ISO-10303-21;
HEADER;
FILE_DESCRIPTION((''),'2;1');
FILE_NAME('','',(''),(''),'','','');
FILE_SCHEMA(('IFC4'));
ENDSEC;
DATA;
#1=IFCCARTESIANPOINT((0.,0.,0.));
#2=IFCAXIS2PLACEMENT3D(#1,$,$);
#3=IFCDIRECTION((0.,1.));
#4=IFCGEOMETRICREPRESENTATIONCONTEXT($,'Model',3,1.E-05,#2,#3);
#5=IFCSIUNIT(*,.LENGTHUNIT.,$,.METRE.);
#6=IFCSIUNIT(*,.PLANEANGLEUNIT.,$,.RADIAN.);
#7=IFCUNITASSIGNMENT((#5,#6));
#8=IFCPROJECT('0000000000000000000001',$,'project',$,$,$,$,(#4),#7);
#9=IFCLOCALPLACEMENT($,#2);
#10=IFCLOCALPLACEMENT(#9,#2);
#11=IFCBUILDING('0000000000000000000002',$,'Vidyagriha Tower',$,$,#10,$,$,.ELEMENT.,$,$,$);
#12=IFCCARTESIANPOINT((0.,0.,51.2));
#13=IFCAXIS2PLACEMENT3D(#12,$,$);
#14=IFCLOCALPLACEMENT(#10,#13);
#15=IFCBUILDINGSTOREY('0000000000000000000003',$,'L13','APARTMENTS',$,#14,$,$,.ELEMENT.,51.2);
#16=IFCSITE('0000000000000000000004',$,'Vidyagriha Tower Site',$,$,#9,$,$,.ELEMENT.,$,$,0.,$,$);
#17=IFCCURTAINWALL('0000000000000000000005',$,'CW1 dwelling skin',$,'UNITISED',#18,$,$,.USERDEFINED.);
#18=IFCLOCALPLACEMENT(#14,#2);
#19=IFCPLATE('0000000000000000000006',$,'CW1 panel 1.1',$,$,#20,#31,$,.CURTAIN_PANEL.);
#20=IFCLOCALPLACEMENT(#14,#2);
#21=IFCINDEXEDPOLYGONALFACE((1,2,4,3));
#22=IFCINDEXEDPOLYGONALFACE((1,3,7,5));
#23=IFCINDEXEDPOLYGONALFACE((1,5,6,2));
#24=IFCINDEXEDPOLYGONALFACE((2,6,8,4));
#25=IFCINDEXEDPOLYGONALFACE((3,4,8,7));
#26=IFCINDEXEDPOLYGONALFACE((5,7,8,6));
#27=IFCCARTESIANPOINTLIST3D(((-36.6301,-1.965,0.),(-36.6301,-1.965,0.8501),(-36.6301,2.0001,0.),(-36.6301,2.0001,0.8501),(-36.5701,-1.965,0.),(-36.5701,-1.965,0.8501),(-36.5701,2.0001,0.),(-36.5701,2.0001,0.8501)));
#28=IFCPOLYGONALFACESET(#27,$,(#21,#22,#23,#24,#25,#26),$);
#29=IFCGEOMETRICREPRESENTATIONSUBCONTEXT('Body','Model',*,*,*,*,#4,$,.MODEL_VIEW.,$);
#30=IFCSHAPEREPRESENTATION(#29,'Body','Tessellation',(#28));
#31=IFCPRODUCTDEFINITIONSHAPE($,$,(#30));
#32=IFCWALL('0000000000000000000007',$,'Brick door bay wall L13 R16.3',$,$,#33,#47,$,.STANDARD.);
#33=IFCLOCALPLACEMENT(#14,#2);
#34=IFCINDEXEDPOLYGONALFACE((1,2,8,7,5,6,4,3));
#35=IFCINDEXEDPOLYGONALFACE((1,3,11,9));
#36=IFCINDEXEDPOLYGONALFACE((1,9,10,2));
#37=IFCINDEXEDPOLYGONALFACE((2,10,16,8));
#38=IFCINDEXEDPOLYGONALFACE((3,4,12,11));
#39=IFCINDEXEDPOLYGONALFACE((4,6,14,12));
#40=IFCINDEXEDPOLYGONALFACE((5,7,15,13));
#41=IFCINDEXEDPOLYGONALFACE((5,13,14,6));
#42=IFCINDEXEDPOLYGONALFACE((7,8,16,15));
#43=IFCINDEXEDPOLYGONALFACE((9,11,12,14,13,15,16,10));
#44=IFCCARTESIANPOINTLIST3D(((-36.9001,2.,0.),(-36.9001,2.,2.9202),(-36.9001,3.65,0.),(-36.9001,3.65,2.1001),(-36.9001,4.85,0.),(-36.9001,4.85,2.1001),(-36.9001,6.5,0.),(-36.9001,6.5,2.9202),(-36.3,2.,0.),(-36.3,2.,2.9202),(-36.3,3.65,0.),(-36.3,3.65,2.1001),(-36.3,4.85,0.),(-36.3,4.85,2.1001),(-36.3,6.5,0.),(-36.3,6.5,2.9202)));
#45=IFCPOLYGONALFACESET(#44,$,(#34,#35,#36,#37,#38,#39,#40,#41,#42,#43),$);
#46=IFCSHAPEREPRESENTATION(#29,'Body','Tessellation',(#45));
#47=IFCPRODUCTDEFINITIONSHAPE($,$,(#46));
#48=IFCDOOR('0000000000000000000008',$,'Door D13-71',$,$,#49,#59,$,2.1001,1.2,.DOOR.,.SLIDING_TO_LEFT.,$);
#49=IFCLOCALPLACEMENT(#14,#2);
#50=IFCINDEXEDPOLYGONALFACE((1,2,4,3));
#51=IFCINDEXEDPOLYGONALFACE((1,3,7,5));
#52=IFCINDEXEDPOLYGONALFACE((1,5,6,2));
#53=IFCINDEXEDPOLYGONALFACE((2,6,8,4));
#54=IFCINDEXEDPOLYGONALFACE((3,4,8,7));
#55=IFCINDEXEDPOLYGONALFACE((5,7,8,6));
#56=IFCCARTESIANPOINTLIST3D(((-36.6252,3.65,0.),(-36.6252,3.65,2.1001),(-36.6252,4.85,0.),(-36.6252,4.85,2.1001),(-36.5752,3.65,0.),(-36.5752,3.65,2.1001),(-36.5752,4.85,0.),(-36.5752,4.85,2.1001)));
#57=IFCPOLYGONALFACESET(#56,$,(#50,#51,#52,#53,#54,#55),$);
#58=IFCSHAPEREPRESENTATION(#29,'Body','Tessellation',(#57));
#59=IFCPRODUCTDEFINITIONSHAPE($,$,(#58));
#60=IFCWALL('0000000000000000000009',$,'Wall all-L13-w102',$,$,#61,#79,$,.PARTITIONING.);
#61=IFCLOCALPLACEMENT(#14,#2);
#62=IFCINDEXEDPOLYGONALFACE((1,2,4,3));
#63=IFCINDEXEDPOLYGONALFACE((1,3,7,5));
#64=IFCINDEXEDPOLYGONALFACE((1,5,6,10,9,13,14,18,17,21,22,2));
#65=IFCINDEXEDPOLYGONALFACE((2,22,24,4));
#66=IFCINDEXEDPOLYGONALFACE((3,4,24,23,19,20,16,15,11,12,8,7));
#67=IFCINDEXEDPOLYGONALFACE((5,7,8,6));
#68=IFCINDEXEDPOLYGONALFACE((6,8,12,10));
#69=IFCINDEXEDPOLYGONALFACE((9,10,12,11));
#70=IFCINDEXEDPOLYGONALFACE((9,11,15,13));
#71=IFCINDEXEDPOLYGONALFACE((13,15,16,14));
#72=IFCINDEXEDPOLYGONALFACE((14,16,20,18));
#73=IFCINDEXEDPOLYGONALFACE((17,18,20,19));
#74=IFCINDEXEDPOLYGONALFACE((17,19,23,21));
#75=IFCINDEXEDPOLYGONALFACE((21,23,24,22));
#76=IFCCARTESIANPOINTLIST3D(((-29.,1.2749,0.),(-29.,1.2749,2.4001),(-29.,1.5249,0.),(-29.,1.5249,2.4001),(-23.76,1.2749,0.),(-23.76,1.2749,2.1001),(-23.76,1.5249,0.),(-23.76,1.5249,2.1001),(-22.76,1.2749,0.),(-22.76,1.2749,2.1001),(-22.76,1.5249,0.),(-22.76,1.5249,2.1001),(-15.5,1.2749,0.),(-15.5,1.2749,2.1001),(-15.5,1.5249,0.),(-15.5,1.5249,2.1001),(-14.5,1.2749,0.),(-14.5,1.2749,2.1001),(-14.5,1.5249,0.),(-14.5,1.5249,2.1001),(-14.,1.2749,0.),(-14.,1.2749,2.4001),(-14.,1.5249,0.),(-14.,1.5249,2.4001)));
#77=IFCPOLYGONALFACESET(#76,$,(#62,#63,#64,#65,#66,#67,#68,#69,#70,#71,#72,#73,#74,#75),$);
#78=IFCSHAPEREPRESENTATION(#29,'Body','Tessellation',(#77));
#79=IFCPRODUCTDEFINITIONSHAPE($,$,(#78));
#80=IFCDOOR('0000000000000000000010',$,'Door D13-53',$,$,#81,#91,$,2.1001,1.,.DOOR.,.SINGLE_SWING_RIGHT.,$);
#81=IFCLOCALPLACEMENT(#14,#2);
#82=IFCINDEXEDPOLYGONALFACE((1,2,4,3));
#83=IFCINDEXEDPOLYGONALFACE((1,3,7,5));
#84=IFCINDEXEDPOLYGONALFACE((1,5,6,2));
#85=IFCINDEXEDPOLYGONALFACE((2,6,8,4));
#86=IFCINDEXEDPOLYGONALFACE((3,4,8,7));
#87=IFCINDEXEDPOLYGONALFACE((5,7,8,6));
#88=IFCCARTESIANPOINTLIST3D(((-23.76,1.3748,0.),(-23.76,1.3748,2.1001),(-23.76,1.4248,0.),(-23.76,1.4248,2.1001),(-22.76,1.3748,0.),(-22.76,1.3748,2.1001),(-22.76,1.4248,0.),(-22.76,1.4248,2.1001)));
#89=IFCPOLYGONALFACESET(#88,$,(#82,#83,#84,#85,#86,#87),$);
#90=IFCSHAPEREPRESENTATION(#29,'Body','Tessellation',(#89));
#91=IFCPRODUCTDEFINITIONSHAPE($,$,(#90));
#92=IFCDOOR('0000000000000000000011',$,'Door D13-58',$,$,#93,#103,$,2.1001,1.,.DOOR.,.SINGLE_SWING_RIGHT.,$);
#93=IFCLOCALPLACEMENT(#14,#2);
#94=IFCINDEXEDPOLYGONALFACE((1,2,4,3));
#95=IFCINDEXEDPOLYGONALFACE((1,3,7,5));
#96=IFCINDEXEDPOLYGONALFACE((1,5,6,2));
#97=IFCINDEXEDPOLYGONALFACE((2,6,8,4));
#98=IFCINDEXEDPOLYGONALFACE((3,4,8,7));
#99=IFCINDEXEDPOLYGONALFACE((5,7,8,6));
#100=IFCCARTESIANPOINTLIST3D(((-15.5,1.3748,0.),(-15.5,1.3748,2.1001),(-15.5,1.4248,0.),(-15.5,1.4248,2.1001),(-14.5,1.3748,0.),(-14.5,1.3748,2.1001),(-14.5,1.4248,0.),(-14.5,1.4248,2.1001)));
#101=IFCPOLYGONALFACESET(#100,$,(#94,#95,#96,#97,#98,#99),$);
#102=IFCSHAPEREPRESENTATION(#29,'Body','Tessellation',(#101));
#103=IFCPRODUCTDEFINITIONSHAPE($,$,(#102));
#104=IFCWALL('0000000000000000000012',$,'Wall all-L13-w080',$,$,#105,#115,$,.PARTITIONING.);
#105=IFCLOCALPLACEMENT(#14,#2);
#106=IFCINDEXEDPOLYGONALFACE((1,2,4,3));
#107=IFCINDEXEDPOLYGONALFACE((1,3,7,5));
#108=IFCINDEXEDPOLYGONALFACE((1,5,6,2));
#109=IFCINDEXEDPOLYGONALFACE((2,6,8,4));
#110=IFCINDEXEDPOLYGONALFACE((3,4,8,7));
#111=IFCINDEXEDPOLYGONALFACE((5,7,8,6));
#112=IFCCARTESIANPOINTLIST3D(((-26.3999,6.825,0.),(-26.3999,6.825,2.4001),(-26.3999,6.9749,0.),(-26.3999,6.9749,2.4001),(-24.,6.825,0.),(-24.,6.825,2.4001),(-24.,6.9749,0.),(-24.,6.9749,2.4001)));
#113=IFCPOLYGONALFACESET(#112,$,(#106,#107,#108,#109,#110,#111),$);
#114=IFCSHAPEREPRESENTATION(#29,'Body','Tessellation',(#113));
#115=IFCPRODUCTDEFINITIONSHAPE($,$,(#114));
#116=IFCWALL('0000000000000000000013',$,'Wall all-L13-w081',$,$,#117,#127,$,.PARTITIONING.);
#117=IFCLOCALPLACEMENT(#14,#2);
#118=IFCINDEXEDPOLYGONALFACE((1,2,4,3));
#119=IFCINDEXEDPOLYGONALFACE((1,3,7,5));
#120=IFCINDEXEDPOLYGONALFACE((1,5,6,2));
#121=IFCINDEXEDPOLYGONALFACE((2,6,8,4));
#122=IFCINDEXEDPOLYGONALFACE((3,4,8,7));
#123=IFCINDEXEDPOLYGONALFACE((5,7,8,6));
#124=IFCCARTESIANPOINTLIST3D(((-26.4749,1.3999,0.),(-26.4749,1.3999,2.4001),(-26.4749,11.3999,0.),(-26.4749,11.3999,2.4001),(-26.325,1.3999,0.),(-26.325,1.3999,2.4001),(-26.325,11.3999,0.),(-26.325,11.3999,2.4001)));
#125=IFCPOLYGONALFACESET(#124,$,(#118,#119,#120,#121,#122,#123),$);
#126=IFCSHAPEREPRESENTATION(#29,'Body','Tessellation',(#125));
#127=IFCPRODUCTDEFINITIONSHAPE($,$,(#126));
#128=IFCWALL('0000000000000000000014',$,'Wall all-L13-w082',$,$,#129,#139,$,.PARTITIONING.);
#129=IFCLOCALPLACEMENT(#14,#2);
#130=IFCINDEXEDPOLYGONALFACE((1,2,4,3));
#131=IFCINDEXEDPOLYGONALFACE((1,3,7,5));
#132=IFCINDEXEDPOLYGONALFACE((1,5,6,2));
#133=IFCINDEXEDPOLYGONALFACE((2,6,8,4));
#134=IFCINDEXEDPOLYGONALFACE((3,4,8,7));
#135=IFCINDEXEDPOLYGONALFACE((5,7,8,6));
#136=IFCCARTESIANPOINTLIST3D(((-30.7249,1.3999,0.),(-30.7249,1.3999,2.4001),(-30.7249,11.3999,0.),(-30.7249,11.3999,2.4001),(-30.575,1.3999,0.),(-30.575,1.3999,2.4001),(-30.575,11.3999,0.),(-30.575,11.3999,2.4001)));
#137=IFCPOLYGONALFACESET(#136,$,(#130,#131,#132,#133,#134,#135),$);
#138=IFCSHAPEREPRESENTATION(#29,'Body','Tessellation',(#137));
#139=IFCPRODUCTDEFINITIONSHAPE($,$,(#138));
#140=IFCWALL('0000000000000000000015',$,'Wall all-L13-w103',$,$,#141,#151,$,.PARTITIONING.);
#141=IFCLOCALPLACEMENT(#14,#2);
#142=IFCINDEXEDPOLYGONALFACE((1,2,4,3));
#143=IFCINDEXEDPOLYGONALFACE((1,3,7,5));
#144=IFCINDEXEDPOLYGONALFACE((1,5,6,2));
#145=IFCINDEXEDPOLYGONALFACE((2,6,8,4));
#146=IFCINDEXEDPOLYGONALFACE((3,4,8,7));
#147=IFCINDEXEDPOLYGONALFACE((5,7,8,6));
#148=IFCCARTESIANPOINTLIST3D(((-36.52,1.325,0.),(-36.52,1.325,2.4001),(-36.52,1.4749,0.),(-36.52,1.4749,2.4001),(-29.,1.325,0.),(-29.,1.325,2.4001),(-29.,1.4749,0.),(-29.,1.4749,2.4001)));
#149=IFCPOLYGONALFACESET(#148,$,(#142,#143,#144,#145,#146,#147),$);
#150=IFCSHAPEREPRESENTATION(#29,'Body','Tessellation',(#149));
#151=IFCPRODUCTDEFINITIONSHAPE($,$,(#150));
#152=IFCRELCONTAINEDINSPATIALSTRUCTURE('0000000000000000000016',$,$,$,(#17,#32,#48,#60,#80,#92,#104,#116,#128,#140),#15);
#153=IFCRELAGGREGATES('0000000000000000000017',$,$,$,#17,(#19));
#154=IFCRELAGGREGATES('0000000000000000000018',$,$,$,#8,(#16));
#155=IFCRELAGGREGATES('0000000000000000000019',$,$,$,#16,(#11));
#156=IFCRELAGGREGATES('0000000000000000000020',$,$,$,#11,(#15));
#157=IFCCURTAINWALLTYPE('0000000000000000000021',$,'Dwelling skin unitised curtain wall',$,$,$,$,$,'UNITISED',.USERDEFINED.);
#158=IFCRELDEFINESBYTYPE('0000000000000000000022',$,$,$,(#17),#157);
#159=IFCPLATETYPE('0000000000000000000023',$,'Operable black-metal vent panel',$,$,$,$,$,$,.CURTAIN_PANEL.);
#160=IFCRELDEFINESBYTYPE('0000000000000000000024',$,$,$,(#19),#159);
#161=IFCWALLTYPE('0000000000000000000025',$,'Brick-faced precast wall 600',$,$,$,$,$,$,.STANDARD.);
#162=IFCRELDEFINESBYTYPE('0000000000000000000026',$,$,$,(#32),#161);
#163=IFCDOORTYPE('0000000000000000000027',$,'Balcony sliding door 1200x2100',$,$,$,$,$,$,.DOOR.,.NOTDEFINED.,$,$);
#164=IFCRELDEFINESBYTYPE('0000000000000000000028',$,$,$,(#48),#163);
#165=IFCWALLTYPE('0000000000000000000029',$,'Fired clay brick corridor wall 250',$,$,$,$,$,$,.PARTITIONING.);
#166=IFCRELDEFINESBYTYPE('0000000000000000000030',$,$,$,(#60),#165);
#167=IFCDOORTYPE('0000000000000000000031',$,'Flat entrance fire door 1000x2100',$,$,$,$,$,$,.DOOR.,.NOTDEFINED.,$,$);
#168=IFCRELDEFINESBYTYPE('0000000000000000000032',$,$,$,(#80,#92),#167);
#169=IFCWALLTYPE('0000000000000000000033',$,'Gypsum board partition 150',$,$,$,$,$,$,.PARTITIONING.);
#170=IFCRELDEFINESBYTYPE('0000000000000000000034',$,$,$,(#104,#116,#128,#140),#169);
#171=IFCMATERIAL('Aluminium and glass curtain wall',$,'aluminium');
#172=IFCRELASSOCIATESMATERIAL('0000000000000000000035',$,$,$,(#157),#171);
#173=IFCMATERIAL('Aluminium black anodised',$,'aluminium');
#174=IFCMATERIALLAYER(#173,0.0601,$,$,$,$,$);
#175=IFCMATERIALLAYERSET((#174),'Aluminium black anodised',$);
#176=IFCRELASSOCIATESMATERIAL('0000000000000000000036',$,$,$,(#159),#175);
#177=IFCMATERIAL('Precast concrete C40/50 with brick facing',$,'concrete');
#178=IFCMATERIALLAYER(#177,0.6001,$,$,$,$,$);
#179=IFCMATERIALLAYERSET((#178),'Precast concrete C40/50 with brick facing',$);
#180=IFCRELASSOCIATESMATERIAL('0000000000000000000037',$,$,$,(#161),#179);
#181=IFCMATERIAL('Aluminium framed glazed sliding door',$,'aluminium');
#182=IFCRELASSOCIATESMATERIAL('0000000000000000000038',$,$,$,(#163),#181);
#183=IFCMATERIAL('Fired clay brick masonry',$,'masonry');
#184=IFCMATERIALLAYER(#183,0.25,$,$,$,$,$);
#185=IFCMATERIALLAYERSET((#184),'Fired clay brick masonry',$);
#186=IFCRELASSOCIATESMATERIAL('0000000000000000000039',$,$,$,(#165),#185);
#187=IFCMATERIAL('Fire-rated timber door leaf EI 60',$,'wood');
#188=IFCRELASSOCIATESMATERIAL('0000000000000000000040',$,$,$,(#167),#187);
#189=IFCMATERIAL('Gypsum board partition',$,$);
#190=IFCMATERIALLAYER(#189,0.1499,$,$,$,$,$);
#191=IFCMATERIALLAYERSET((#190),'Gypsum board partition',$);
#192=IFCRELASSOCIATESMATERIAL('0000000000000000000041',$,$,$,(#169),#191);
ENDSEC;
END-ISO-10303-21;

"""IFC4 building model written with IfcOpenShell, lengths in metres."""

from ifc_helpers import new_model, si_unit, direction, frame, frame_2d, origin, origin_2d, place, context, subcontext, project, spatial, rectangle, extrude, material, layer, layer_set, type_object, element, fill, aggregate, save


model = new_model("IFC4")

# Units and contexts
model_context = context("Model", 3, precision=1e-05, world=origin(), true_north=direction((0.0, 1.0)))
body_context = subcontext(model_context, "Body", "Model", "MODEL_VIEW")
ifc_project = project(units=[si_unit("LENGTHUNIT", "METRE"), si_unit("PLANEANGLEUNIT", "RADIAN")], contexts=[model_context])

# Site, building, storey
site_placement = place(None, origin())
site = spatial("IfcSite", under=ifc_project, at=site_placement, Name="Vidyagriha Tower Site", CompositionType="ELEMENT", RefElevation=0.0)
building_placement = place(site_placement, origin())
building = spatial("IfcBuilding", under=site, at=building_placement, Name="Vidyagriha Tower", CompositionType="ELEMENT")
storey_placement = place(building_placement, frame((0.0, 0.0, 51.2)))
storey = spatial("IfcBuildingStorey", under=building, at=storey_placement, Name="L13", Description="APARTMENTS", CompositionType="ELEMENT", Elevation=51.2)

# Shared definitions
ifc_material_1 = material(Name="Aluminium and glass curtain wall", Category="aluminium")
curtain_wall_type = type_object("IfcCurtainWallType", Name="Dwelling skin unitised curtain wall", ElementType="UNITISED", PredefinedType="USERDEFINED", material=ifc_material_1)

# Curtain wall
curtain_wall_1_placement = place(storey_placement, origin())
curtain_wall_1 = element("IfcCurtainWall", 1, at=curtain_wall_1_placement, inside=storey, type_object=curtain_wall_type, Name="CW1 dwelling skin", ObjectType="UNITISED", PredefinedType="USERDEFINED")

# Plate
ifc_material_2 = material(Name="Aluminium black anodised", Category="aluminium")
ifc_layer_1 = layer(ifc_material_2, 0.0601)
ifc_layer_set_1 = layer_set([ifc_layer_1], Name="Aluminium black anodised")
plate_type_1 = type_object("IfcPlateType", Name="Operable black-metal vent panel", PredefinedType="CURTAIN_PANEL", material=ifc_layer_set_1)
plate_1_placement = place(storey_placement, frame((-36.6001, 0.0176, 0.0), z_axis=(0.0, 0.0, 1.0), x_axis=(0.0, -1.0, 0.0)))
plate_1 = element("IfcPlate", 2, at=plate_1_placement, type_object=plate_type_1, Name="CW1 panel 1.1", PredefinedType="CURTAIN_PANEL", context=body_context, shape_type="SweptSolid", body=[
    extrude(rectangle(XDim=3.9651, YDim=0.0601, at=origin_2d()), origin(), (0.0, 0.0, 1.0), 0.8501),
])
aggregate(curtain_wall_1, [plate_1])

# Wall, opening, door
ifc_material_3 = material(Name="Precast concrete C40/50 with brick facing", Category="concrete")
ifc_layer_2 = layer(ifc_material_3, 0.6001)
ifc_layer_set_2 = layer_set([ifc_layer_2], Name="Precast concrete C40/50 with brick facing")
wall_type_1 = type_object("IfcWallType", Name="Brick-faced precast wall 600", PredefinedType="STANDARD", material=ifc_layer_set_2)
wall_1_placement = place(storey_placement, frame((-36.6001, 6.5, 0.0), z_axis=(0.0, 0.0, 1.0), x_axis=(0.0, -1.0, 0.0)))
wall_1 = element("IfcWall", 3, at=wall_1_placement, inside=storey, type_object=wall_type_1, Name="Brick door bay wall L13 R16.3", PredefinedType="STANDARD", context=body_context, shape_type="SweptSolid", body=[
    extrude(rectangle(XDim=4.5, YDim=0.6001, at=frame_2d((2.25, 0.0))), origin(), (0.0, 0.0, 1.0), 2.9202),
])
opening_1_placement = place(wall_1_placement, frame((1.6499, 0.0, 0.0)))
opening_1 = element("IfcOpeningElement", 4, at=opening_1_placement, cuts=wall_1, PredefinedType="OPENING", context=body_context, shape_type="SweptSolid", body=[
    extrude(rectangle(XDim=1.2, YDim=2.1001, at=frame_2d((0.6001, 1.05))), frame((0.0, 0.3101, 0.0), z_axis=(0.0, -1.0, 0.0), x_axis=(1.0, 0.0, 0.0)), (0.0, 0.0, 1.0), 0.6201),
])
ifc_material_4 = material(Name="Aluminium framed glazed sliding door", Category="aluminium")
door_type_1 = type_object("IfcDoorType", Name="Balcony sliding door 1200x2100", OperationType="NOTDEFINED", PredefinedType="DOOR", material=ifc_material_4)
door_1_placement = place(opening_1_placement, origin())
door_1 = element("IfcDoor", 5, at=door_1_placement, inside=storey, type_object=door_type_1, Name="Door D13-71", OperationType="SLIDING_TO_LEFT", OverallHeight=2.1001, OverallWidth=1.2, PredefinedType="DOOR", context=body_context, shape_type="SweptSolid", body=[
    extrude(rectangle(XDim=1.2, YDim=2.1001, at=frame_2d((0.6001, 1.05))), frame((0.0, 0.0249, 0.0), z_axis=(0.0, -1.0, 0.0), x_axis=(1.0, 0.0, 0.0)), (0.0, 0.0, 1.0), 0.05),
])
fill(opening_1, door_1)

# Wall, openings, doors
ifc_material_5 = material(Name="Fired clay brick masonry", Category="masonry")
ifc_layer_3 = layer(ifc_material_5, 0.25)
ifc_layer_set_3 = layer_set([ifc_layer_3], Name="Fired clay brick masonry")
wall_type_2 = type_object("IfcWallType", Name="Fired clay brick corridor wall 250", PredefinedType="PARTITIONING", material=ifc_layer_set_3)
wall_2_placement = place(storey_placement, frame((-29.0, 1.3999, 0.0)))
wall_2 = element("IfcWall", 6, at=wall_2_placement, inside=storey, type_object=wall_type_2, Name="Wall all-L13-w102", PredefinedType="PARTITIONING", context=body_context, shape_type="SweptSolid", body=[
    extrude(rectangle(XDim=15.0, YDim=0.25, at=frame_2d((7.5, 0.0))), origin(), (0.0, 0.0, 1.0), 2.4001),
])
opening_2_placement = place(wall_2_placement, frame((5.24, 0.0, 0.0)))
opening_2 = element("IfcOpeningElement", 7, at=opening_2_placement, cuts=wall_2, PredefinedType="OPENING", context=body_context, shape_type="SweptSolid", body=[
    extrude(rectangle(XDim=1.0, YDim=2.1001, at=frame_2d((0.5, 1.05))), frame((0.0, 0.135, 0.0), z_axis=(0.0, -1.0, 0.0), x_axis=(1.0, 0.0, 0.0)), (0.0, 0.0, 1.0), 0.27),
])
opening_3_placement = place(wall_2_placement, frame((13.5, 0.0, 0.0)))
opening_3 = element("IfcOpeningElement", 8, at=opening_3_placement, cuts=wall_2, PredefinedType="OPENING", context=body_context, shape_type="SweptSolid", body=[
    extrude(rectangle(XDim=1.0, YDim=2.1001, at=frame_2d((0.5, 1.05))), frame((0.0, 0.135, 0.0), z_axis=(0.0, -1.0, 0.0), x_axis=(1.0, 0.0, 0.0)), (0.0, 0.0, 1.0), 0.27),
])
ifc_material_6 = material(Name="Fire-rated timber door leaf EI 60", Category="wood")
door_type_2 = type_object("IfcDoorType", Name="Flat entrance fire door 1000x2100", OperationType="NOTDEFINED", PredefinedType="DOOR", material=ifc_material_6)
door_2_placement = place(opening_2_placement, origin())
door_2 = element("IfcDoor", 9, at=door_2_placement, inside=storey, type_object=door_type_2, Name="Door D13-53", OperationType="SINGLE_SWING_RIGHT", OverallHeight=2.1001, OverallWidth=1.0, PredefinedType="DOOR", context=body_context, shape_type="SweptSolid", body=[
    extrude(rectangle(XDim=1.0, YDim=2.1001, at=frame_2d((0.5, 1.05))), frame((0.0, 0.0249, 0.0), z_axis=(0.0, -1.0, 0.0), x_axis=(1.0, 0.0, 0.0)), (0.0, 0.0, 1.0), 0.05),
])
fill(opening_2, door_2)
door_3_placement = place(opening_3_placement, origin())
door_3 = element("IfcDoor", 10, at=door_3_placement, inside=storey, type_object=door_type_2, Name="Door D13-58", OperationType="SINGLE_SWING_RIGHT", OverallHeight=2.1001, OverallWidth=1.0, PredefinedType="DOOR", context=body_context, shape_type="SweptSolid", body=[
    extrude(rectangle(XDim=1.0, YDim=2.1001, at=frame_2d((0.5, 1.05))), frame((0.0, 0.0249, 0.0), z_axis=(0.0, -1.0, 0.0), x_axis=(1.0, 0.0, 0.0)), (0.0, 0.0, 1.0), 0.05),
])
fill(opening_3, door_3)

# Walls
ifc_material_7 = material(Name="Gypsum board partition")
ifc_layer_4 = layer(ifc_material_7, 0.1499)
ifc_layer_set_4 = layer_set([ifc_layer_4], Name="Gypsum board partition")
wall_type_3 = type_object("IfcWallType", Name="Gypsum board partition 150", PredefinedType="PARTITIONING", material=ifc_layer_set_4)
wall_3_placement = place(storey_placement, frame((-26.3999, 6.8999, 0.0)))
element("IfcWall", 11, at=wall_3_placement, inside=storey, type_object=wall_type_3, Name="Wall all-L13-w080", PredefinedType="PARTITIONING", context=body_context, shape_type="SweptSolid", body=[
    extrude(rectangle(XDim=2.3999, YDim=0.1499, at=frame_2d((1.2, 0.0))), origin(), (0.0, 0.0, 1.0), 2.4001),
])
for number, where, z_axis, x_axis, name in (
    (12, (-26.3999, 1.3999, 0.0), (0.0, 0.0, 1.0), (0.0, 1.0, 0.0), "Wall all-L13-w081"),
    (13, (-30.6499, 1.3999, 0.0), (0.0, 0.0, 1.0), (0.0, 1.0, 0.0), "Wall all-L13-w082"),
):
    element("IfcWall", number, at=place(storey_placement, frame(where, z_axis=z_axis, x_axis=x_axis)), inside=storey, type_object=wall_type_3, Name=name, PredefinedType="PARTITIONING", context=body_context, shape_type="SweptSolid", body=[
        extrude(rectangle(XDim=10.0, YDim=0.1499, at=frame_2d((5.0, 0.0))), origin(), (0.0, 0.0, 1.0), 2.4001),
    ])
wall_4_placement = place(storey_placement, frame((-36.52, 1.3999, 0.0)))
element("IfcWall", 14, at=wall_4_placement, inside=storey, type_object=wall_type_3, Name="Wall all-L13-w103", PredefinedType="PARTITIONING", context=body_context, shape_type="SweptSolid", body=[
    extrude(rectangle(XDim=7.52, YDim=0.1499, at=frame_2d((3.76, 0.0))), origin(), (0.0, 0.0, 1.0), 2.4001),
])

save(model, "model.ifc")
